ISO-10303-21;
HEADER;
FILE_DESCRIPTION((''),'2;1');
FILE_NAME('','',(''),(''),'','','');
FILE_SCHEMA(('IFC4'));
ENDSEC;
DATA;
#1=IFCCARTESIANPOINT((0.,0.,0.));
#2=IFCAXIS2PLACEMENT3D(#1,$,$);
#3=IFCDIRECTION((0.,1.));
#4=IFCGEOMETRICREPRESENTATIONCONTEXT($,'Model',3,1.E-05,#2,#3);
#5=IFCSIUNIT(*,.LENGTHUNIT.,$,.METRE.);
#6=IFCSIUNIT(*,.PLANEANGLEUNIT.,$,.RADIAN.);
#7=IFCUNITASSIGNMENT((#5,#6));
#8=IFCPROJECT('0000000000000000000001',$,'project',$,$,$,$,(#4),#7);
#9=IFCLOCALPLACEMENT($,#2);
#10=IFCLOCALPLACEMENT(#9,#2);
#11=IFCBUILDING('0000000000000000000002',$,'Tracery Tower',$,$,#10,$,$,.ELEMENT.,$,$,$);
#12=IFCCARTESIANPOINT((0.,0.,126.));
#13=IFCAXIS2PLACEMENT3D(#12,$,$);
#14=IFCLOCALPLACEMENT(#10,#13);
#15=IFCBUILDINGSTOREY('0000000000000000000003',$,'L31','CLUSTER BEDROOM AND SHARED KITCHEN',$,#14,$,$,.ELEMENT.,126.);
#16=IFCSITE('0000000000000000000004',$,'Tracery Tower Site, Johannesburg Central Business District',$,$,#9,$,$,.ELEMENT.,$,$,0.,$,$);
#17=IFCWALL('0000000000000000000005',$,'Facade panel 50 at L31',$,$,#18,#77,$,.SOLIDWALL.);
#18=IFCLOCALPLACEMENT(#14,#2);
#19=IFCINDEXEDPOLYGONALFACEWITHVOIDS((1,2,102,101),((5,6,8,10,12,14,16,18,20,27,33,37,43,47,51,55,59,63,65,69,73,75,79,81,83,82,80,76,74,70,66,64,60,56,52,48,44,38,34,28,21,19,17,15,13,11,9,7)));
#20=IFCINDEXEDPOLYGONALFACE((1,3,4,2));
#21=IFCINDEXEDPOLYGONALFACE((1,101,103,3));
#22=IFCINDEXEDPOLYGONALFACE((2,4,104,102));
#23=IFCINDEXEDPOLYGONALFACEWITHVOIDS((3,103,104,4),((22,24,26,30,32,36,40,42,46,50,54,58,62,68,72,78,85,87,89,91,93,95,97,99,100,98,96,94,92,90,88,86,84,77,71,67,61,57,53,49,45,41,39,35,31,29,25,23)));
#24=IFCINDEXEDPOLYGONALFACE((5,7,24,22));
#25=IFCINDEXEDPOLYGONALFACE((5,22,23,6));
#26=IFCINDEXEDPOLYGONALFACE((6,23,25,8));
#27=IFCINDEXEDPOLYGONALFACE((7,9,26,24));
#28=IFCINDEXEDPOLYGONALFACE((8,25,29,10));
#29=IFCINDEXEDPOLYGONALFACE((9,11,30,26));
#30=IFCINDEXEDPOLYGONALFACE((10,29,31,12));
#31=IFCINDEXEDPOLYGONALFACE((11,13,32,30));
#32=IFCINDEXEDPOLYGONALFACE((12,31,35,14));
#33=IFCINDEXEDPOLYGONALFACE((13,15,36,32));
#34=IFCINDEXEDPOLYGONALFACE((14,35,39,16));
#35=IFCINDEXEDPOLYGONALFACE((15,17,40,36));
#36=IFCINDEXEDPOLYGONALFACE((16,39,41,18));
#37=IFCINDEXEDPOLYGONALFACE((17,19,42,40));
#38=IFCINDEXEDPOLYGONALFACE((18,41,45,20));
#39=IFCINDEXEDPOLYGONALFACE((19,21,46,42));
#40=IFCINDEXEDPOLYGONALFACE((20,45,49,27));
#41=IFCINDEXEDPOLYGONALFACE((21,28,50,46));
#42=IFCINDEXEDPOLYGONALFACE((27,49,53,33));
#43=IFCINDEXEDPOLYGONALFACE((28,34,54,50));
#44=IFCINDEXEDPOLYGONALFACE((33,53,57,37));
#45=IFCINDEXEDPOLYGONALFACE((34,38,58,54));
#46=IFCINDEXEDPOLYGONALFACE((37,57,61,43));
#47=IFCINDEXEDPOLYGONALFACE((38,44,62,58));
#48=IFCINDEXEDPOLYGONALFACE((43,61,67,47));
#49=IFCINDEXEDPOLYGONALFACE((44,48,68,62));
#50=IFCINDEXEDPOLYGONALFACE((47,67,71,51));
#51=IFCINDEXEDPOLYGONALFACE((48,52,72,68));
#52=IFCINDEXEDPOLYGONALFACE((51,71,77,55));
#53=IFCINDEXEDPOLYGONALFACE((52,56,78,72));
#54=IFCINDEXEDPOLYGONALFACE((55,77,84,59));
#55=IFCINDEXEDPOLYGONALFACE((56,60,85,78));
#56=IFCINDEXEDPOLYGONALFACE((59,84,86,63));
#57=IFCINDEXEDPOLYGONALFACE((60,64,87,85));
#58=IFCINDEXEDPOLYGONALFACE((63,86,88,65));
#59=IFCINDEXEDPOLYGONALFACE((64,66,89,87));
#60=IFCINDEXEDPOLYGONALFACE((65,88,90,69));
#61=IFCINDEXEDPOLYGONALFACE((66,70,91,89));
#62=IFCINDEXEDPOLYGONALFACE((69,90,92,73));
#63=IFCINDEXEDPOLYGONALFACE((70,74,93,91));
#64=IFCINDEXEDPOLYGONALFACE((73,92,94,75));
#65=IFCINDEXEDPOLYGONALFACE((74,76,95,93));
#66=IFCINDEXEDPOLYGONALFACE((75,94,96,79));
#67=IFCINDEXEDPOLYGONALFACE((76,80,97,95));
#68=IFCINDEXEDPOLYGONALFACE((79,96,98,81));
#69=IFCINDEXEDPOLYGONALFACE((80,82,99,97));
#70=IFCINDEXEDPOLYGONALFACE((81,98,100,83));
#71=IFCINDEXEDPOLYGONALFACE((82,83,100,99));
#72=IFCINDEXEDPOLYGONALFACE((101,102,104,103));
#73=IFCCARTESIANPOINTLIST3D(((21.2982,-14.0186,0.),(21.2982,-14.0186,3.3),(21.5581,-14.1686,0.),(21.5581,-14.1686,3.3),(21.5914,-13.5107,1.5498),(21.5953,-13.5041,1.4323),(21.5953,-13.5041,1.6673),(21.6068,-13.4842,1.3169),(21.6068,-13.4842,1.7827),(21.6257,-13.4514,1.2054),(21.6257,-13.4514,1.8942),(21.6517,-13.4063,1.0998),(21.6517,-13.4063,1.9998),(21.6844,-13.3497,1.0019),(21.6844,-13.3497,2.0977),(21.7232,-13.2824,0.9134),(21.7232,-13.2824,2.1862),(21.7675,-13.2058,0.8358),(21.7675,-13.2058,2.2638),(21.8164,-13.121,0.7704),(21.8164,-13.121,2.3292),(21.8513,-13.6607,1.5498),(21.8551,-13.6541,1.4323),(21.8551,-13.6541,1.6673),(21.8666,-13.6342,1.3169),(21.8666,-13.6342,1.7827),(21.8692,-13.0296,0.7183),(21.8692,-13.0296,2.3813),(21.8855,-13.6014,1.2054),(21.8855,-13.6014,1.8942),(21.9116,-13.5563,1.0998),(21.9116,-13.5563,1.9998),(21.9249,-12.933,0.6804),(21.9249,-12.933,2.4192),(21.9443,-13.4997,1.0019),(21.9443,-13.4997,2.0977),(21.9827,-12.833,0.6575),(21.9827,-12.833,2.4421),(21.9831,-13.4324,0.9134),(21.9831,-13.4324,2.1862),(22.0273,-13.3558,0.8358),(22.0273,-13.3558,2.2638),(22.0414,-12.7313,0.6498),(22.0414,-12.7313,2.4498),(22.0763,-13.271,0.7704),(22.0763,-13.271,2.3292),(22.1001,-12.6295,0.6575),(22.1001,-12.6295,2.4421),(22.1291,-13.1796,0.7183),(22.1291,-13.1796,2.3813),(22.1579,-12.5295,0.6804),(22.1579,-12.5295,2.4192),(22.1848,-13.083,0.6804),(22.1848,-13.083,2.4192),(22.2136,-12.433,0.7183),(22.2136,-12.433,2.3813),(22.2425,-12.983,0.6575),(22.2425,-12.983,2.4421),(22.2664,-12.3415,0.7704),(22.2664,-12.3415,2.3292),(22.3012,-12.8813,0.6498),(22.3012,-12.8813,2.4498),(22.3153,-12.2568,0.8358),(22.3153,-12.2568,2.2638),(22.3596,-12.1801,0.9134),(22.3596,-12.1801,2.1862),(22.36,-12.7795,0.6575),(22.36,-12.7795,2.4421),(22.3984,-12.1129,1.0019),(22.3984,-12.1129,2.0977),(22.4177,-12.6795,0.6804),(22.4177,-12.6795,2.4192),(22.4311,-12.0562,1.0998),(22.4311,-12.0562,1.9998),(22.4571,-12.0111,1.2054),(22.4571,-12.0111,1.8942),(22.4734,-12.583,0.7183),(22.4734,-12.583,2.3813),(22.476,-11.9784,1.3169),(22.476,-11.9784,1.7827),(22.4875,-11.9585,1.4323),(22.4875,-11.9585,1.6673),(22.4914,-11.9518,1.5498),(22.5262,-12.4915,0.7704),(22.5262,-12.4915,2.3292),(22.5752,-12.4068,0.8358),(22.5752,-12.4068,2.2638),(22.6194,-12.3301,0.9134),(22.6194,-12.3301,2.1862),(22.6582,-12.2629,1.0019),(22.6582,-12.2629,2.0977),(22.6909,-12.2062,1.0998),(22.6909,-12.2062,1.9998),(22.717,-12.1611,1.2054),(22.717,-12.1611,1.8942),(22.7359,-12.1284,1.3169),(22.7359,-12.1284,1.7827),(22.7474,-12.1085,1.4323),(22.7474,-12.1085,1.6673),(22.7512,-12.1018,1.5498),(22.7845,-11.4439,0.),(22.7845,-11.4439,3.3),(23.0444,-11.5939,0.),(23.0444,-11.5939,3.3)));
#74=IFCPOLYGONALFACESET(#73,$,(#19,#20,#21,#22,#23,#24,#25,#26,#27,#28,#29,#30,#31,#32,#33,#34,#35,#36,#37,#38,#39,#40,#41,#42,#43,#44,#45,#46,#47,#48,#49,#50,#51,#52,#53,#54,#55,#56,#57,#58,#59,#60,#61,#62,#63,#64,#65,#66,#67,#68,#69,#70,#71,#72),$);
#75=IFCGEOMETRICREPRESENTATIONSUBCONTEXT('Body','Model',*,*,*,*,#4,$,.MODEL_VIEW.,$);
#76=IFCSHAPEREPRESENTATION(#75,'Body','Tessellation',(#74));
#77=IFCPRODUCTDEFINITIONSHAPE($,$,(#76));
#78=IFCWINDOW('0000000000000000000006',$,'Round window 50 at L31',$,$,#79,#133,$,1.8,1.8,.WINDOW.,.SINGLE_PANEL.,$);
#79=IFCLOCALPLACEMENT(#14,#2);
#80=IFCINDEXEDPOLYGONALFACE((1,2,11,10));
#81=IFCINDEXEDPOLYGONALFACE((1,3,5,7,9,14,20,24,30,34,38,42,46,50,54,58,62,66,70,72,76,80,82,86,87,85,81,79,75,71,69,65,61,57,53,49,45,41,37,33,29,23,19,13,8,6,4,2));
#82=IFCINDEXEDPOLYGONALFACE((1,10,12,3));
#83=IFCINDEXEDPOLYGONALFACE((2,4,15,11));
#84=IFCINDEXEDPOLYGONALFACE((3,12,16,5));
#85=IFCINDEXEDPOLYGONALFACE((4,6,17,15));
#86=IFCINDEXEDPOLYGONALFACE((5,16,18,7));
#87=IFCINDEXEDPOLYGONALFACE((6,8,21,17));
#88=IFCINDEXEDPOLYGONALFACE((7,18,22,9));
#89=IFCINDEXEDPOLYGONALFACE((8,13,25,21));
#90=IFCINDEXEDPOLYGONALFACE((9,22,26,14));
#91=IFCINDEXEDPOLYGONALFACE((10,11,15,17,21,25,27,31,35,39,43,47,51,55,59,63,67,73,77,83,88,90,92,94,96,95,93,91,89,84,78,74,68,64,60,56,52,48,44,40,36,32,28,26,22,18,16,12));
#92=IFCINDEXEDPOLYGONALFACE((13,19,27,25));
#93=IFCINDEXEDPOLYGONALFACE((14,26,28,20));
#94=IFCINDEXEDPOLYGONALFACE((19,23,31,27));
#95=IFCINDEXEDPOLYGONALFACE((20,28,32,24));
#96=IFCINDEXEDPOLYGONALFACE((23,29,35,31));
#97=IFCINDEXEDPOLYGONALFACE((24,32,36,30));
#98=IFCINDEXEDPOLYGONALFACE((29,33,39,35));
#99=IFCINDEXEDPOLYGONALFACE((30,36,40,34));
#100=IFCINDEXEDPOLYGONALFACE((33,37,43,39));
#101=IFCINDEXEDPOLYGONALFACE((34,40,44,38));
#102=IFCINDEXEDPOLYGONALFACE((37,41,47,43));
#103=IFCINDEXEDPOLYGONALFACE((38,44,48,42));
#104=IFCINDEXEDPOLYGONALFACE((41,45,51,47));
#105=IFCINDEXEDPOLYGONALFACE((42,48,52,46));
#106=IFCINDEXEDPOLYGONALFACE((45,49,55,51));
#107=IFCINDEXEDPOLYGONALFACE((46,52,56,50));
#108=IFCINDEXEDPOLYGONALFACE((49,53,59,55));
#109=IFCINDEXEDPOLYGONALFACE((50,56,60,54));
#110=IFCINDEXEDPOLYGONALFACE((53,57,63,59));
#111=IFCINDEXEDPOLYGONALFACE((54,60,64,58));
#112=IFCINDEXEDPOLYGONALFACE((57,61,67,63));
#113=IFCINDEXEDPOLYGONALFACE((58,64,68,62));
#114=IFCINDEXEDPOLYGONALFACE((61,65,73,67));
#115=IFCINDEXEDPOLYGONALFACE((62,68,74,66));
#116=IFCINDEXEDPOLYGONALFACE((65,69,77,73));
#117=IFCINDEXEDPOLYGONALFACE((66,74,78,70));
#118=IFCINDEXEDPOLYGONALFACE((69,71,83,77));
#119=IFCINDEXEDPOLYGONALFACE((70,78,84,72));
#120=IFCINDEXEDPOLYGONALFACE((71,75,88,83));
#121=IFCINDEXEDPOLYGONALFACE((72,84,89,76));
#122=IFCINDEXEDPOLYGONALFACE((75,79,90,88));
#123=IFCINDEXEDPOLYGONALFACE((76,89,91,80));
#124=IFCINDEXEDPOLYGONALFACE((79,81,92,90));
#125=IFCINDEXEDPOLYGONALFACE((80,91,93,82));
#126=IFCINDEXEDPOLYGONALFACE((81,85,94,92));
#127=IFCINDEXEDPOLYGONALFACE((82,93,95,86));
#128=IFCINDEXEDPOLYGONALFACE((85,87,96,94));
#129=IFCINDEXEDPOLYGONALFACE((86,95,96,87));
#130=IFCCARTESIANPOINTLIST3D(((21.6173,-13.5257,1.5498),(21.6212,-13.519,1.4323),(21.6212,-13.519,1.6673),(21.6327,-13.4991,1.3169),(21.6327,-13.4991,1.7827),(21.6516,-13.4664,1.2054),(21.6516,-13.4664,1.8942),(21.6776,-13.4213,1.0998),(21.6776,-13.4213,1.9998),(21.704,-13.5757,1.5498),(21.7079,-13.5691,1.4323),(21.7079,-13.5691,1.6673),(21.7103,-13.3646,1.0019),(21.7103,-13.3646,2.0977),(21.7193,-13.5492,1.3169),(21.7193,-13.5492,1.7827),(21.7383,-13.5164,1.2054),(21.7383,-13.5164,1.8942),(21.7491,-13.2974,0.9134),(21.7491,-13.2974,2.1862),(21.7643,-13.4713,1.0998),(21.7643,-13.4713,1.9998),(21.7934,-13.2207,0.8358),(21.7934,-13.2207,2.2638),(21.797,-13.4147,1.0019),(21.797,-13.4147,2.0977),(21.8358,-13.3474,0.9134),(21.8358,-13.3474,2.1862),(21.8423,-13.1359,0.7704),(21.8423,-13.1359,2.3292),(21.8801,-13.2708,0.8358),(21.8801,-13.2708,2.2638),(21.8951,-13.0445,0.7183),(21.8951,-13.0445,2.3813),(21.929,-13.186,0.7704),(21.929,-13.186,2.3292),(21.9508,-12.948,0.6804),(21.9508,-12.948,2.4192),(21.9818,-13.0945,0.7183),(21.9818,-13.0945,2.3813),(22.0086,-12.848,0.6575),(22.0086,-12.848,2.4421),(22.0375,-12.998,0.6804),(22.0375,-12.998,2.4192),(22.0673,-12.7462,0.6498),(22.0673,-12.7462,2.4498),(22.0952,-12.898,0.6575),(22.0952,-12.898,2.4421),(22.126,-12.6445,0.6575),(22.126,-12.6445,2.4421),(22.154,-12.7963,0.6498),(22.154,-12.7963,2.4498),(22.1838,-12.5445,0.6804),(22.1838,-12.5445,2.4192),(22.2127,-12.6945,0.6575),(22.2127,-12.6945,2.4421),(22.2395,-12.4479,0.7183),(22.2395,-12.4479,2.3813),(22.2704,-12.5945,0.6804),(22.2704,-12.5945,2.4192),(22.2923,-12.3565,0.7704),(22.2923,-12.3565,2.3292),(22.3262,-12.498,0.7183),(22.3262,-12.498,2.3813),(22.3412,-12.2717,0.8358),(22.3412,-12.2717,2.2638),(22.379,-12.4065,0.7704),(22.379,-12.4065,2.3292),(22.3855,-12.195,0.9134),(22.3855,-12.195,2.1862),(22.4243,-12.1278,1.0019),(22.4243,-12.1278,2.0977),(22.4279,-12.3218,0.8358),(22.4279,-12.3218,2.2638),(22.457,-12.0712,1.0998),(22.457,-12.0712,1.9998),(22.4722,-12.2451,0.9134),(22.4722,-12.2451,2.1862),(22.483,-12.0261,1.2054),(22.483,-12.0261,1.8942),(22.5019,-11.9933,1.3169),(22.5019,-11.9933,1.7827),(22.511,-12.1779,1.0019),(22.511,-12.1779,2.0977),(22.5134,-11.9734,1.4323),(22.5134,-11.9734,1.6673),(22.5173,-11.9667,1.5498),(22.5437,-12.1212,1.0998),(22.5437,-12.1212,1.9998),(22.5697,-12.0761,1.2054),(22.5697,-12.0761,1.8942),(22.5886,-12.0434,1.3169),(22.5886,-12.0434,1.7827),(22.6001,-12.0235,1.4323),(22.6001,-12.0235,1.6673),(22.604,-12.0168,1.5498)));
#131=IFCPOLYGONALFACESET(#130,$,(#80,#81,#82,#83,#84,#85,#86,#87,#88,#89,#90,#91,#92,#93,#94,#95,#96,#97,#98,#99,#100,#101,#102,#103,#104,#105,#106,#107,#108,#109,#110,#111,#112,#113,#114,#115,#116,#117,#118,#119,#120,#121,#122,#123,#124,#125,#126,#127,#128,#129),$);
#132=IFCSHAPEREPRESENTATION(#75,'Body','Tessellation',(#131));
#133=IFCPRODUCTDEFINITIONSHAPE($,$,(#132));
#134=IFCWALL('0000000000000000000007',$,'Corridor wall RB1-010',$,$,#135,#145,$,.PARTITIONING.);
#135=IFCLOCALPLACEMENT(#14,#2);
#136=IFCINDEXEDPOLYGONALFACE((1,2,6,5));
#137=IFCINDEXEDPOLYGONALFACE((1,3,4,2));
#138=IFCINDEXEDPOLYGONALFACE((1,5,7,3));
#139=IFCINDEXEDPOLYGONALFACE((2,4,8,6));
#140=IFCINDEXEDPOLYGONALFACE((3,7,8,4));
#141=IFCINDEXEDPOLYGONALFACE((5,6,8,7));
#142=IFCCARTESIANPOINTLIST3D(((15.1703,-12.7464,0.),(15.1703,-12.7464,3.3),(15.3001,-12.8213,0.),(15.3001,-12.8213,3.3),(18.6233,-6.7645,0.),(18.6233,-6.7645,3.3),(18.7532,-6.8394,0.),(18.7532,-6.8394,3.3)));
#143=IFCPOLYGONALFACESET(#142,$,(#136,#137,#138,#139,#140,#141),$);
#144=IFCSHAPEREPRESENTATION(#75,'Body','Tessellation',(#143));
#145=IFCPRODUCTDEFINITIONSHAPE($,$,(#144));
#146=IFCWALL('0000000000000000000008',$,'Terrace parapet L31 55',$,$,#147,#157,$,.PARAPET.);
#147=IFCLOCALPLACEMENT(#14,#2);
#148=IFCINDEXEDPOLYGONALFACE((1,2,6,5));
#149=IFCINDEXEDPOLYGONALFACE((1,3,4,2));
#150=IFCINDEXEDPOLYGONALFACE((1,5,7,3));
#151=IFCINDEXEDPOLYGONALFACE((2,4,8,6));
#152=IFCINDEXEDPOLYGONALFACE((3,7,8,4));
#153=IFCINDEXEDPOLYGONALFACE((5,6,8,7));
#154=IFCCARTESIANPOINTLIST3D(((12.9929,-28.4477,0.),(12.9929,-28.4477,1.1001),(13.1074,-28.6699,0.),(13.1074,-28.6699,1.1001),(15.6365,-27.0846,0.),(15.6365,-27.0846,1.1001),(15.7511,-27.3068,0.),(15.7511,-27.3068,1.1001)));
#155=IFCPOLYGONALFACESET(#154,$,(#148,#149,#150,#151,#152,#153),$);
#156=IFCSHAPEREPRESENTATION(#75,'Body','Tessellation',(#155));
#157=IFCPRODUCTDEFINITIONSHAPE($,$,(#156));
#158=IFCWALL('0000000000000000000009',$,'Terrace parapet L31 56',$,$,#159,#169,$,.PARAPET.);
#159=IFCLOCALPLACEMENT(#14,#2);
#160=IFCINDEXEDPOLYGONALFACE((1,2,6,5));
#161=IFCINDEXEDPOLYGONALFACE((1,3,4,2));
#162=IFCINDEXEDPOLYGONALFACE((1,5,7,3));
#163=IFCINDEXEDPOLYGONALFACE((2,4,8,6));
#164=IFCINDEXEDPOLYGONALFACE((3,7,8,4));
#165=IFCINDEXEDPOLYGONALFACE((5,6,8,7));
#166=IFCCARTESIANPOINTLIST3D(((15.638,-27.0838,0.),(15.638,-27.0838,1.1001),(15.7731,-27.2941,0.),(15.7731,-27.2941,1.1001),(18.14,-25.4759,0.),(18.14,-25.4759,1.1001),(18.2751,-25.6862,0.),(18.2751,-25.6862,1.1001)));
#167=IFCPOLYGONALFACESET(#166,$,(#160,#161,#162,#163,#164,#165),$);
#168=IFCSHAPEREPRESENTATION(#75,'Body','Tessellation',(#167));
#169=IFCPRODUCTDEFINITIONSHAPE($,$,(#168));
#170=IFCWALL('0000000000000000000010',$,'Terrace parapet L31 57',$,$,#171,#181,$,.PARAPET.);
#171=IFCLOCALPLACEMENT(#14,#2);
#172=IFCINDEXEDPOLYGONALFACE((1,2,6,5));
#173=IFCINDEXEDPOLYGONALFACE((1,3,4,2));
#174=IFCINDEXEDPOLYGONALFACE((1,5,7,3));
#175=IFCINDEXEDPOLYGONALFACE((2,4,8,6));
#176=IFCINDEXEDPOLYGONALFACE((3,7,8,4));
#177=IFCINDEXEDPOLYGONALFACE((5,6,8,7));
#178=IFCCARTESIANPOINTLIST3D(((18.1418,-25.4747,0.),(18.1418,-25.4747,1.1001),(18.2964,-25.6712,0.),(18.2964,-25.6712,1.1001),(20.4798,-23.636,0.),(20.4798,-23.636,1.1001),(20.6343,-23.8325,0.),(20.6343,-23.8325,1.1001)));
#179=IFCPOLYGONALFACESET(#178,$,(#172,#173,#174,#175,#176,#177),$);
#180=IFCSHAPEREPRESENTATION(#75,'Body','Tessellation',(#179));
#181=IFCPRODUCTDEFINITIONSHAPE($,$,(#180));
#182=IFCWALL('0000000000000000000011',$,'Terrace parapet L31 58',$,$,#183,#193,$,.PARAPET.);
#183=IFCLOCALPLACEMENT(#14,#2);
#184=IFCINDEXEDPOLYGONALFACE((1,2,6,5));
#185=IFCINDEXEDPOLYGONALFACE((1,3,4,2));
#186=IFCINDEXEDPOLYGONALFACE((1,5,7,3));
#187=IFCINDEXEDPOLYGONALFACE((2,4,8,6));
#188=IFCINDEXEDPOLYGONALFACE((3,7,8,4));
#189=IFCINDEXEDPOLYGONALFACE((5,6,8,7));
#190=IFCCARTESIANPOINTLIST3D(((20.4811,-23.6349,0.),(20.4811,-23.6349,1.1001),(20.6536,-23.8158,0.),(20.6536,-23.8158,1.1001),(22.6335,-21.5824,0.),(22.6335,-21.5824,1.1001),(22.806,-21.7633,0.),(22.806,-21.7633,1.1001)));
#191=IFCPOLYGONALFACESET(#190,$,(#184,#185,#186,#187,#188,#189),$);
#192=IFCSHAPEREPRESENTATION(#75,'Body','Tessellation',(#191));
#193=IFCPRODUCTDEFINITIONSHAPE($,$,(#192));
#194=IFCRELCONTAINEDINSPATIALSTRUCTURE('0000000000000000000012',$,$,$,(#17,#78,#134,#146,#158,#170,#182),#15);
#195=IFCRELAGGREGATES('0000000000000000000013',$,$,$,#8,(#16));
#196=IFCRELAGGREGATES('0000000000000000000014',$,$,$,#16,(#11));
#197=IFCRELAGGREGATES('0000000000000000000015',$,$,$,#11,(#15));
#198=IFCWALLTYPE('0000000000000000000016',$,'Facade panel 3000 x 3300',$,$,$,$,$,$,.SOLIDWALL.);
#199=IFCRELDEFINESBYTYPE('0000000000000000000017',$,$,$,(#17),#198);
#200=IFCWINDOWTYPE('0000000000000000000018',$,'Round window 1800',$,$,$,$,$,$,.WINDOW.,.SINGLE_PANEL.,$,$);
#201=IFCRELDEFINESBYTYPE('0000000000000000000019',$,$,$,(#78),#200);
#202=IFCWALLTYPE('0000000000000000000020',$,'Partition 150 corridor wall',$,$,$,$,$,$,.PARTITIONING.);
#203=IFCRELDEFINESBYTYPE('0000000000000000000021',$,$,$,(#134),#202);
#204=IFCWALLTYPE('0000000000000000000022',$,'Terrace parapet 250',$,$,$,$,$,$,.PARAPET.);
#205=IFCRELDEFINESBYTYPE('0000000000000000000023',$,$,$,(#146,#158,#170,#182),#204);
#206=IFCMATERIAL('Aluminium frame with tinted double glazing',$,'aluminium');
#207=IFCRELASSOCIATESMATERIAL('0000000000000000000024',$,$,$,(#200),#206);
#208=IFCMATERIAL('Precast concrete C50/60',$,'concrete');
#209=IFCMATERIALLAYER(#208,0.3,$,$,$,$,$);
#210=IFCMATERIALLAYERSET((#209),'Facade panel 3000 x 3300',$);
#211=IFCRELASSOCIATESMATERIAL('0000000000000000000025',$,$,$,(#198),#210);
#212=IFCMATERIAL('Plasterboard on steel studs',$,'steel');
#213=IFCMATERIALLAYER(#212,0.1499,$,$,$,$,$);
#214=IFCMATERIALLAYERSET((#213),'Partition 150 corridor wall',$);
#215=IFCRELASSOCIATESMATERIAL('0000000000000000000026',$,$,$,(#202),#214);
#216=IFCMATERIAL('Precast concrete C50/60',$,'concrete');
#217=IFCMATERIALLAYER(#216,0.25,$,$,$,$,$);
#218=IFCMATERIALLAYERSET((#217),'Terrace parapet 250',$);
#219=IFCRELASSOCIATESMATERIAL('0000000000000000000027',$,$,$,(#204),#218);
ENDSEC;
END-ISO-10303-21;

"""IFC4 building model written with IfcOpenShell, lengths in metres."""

from ifc_helpers import new_model, si_unit, direction, frame, frame_2d, origin, origin_2d, place, context, subcontext, project, spatial, rectangle, circle, extrude, material, layer, layer_set, type_object, element, fill, save


model = new_model("IFC4")

# Units and contexts
model_context = context("Model", 3, precision=1e-05, world=origin(), true_north=direction((0.0, 1.0)))
body_context = subcontext(model_context, "Body", "Model", "MODEL_VIEW")
ifc_project = project(units=[si_unit("LENGTHUNIT", "METRE"), si_unit("PLANEANGLEUNIT", "RADIAN")], contexts=[model_context])

# Site, building, storey
site_placement = place(None, origin())
site = spatial("IfcSite", under=ifc_project, at=site_placement, Name="Tracery Tower Site, Johannesburg Central Business District", CompositionType="ELEMENT", RefElevation=0.0)
building_placement = place(site_placement, origin())
building = spatial("IfcBuilding", under=site, at=building_placement, Name="Tracery Tower", CompositionType="ELEMENT")
storey_placement = place(building_placement, frame((0.0, 0.0, 126.0)))
storey = spatial("IfcBuildingStorey", under=building, at=storey_placement, Name="L31", Description="CLUSTER BEDROOM AND SHARED KITCHEN", CompositionType="ELEMENT", Elevation=126.0)

# Wall, opening, window
ifc_material_1 = material(Name="Aluminium frame with tinted double glazing", Category="aluminium")
window_type = type_object("IfcWindowType", Name="Round window 1800", PartitioningType="SINGLE_PANEL", PredefinedType="WINDOW", material=ifc_material_1)
ifc_material_2 = material(Name="Precast concrete C50/60", Category="concrete")
ifc_layer_1 = layer(ifc_material_2, 0.3)
ifc_layer_set_1 = layer_set([ifc_layer_1], Name="Facade panel 3000 x 3300")
wall_type_1 = type_object("IfcWallType", Name="Facade panel 3000 x 3300", PredefinedType="SOLIDWALL", material=ifc_layer_set_1)
wall_1_placement = place(storey_placement, frame((21.4282, -14.0935, 0.0), z_axis=(0.0, 0.0, 1.0), x_axis=(0.499955, 0.866052, 0.0)))
wall_1 = element("IfcWall", 1, at=wall_1_placement, inside=storey, type_object=wall_type_1, Name="Facade panel 50 at L31", PredefinedType="SOLIDWALL", context=body_context, shape_type="SweptSolid", body=[
    extrude(rectangle(XDim=2.9729, YDim=0.3, at=frame_2d((1.4863, 0.0))), origin(), (0.0, 0.0, 1.0), 3.3),
])
opening_1_placement = place(wall_1_placement, frame((1.4863, 0.0, 1.5498)))
opening_1 = element("IfcOpeningElement", 2, at=opening_1_placement, cuts=wall_1, PredefinedType="OPENING", context=body_context, shape_type="SweptSolid", body=[
    extrude(circle(Radius=0.9, at=origin_2d()), frame((0.0, 0.1599, 0.0), z_axis=(0.0, -1.0, 0.0), x_axis=(1.0, 0.0, 0.0)), (0.0, 0.0, 1.0), 0.3201),
])
window_1_placement = place(opening_1_placement, origin())
window_1 = element("IfcWindow", 3, at=window_1_placement, inside=storey, type_object=window_type, Name="Round window 50 at L31", OverallHeight=1.8, OverallWidth=1.8, PartitioningType="SINGLE_PANEL", PredefinedType="WINDOW", context=body_context, shape_type="SweptSolid", body=[
    extrude(circle(Radius=0.9, at=origin_2d()), frame((0.0, 0.1201, 0.0), z_axis=(0.0, -1.0, 0.0), x_axis=(1.0, 0.0, 0.0)), (0.0, 0.0, 1.0), 0.1001),
])
fill(opening_1, window_1)

# Walls
ifc_material_3 = material(Name="Plasterboard on steel studs", Category="steel")
ifc_layer_2 = layer(ifc_material_3, 0.1499)
ifc_layer_set_2 = layer_set([ifc_layer_2], Name="Partition 150 corridor wall")
wall_type_2 = type_object("IfcWallType", Name="Partition 150 corridor wall", PredefinedType="PARTITIONING", material=ifc_layer_set_2)
wall_2_placement = place(storey_placement, frame((15.2351, -12.7839, 0.0), z_axis=(0.0, 0.0, 1.0), x_axis=(0.499941, 0.86606, 0.0)))
element("IfcWall", 4, at=wall_2_placement, inside=storey, type_object=wall_type_2, Name="Corridor wall RB1-010", PredefinedType="PARTITIONING", context=body_context, shape_type="SweptSolid", body=[
    extrude(rectangle(XDim=6.907, YDim=0.1499, at=frame_2d((3.4536, 0.0))), origin(), (0.0, 0.0, 1.0), 3.3),
])
ifc_material_4 = material(Name="Precast concrete C50/60", Category="concrete")
ifc_layer_3 = layer(ifc_material_4, 0.25)
ifc_layer_set_3 = layer_set([ifc_layer_3], Name="Terrace parapet 250")
wall_type_3 = type_object("IfcWallType", Name="Terrace parapet 250", PredefinedType="PARAPET", material=ifc_layer_set_3)
wall_3_placement = place(storey_placement, frame((13.05, -28.5588, 0.0), z_axis=(0.0, 0.0, 1.0), x_axis=(0.888809, 0.458277, 0.0)))
element("IfcWall", 5, at=wall_3_placement, inside=storey, type_object=wall_type_3, Name="Terrace parapet L31 55", PredefinedType="PARAPET", context=body_context, shape_type="SweptSolid", body=[
    extrude(rectangle(XDim=2.9744, YDim=0.25, at=frame_2d((1.4873, 0.0))), origin(), (0.0, 0.0, 1.0), 1.1001),
])
wall_4_placement = place(storey_placement, frame((15.7056, -27.189, 0.0), z_axis=(0.0, 0.0, 1.0), x_axis=(0.841253, 0.540641, 0.0)))
element("IfcWall", 6, at=wall_4_placement, inside=storey, type_object=wall_type_3, Name="Terrace parapet L31 56", PredefinedType="PARAPET", context=body_context, shape_type="SweptSolid", body=[
    extrude(rectangle(XDim=2.9741, YDim=0.25, at=frame_2d((1.4871, 0.0))), origin(), (0.0, 0.0, 1.0), 1.1001),
])
wall_5_placement = place(storey_placement, frame((18.219, -25.573, 0.0), z_axis=(0.0, 0.0, 1.0), x_axis=(0.786039, 0.618177, 0.0)))
element("IfcWall", 7, at=wall_5_placement, inside=storey, type_object=wall_type_3, Name="Terrace parapet L31 57", PredefinedType="PARAPET", context=body_context, shape_type="SweptSolid", body=[
    extrude(rectangle(XDim=2.9744, YDim=0.25, at=frame_2d((1.4873, 0.0))), origin(), (0.0, 0.0, 1.0), 1.1001),
])
for number, where, z_axis, x_axis, name in (
    (8, (20.5674, -23.7253, 0.0), (0.0, 0.0, 1.0), (0.723695, 0.69012, 0.0), "Terrace parapet L31 58"),
):
    element("IfcWall", number, at=place(storey_placement, frame(where, z_axis=z_axis, x_axis=x_axis)), inside=storey, type_object=wall_type_3, Name=name, PredefinedType="PARAPET", context=body_context, shape_type="SweptSolid", body=[
        extrude(rectangle(XDim=2.9741, YDim=0.25, at=frame_2d((1.4871, 0.0))), origin(), (0.0, 0.0, 1.0), 1.1001),
    ])

save(model, "model.ifc")
